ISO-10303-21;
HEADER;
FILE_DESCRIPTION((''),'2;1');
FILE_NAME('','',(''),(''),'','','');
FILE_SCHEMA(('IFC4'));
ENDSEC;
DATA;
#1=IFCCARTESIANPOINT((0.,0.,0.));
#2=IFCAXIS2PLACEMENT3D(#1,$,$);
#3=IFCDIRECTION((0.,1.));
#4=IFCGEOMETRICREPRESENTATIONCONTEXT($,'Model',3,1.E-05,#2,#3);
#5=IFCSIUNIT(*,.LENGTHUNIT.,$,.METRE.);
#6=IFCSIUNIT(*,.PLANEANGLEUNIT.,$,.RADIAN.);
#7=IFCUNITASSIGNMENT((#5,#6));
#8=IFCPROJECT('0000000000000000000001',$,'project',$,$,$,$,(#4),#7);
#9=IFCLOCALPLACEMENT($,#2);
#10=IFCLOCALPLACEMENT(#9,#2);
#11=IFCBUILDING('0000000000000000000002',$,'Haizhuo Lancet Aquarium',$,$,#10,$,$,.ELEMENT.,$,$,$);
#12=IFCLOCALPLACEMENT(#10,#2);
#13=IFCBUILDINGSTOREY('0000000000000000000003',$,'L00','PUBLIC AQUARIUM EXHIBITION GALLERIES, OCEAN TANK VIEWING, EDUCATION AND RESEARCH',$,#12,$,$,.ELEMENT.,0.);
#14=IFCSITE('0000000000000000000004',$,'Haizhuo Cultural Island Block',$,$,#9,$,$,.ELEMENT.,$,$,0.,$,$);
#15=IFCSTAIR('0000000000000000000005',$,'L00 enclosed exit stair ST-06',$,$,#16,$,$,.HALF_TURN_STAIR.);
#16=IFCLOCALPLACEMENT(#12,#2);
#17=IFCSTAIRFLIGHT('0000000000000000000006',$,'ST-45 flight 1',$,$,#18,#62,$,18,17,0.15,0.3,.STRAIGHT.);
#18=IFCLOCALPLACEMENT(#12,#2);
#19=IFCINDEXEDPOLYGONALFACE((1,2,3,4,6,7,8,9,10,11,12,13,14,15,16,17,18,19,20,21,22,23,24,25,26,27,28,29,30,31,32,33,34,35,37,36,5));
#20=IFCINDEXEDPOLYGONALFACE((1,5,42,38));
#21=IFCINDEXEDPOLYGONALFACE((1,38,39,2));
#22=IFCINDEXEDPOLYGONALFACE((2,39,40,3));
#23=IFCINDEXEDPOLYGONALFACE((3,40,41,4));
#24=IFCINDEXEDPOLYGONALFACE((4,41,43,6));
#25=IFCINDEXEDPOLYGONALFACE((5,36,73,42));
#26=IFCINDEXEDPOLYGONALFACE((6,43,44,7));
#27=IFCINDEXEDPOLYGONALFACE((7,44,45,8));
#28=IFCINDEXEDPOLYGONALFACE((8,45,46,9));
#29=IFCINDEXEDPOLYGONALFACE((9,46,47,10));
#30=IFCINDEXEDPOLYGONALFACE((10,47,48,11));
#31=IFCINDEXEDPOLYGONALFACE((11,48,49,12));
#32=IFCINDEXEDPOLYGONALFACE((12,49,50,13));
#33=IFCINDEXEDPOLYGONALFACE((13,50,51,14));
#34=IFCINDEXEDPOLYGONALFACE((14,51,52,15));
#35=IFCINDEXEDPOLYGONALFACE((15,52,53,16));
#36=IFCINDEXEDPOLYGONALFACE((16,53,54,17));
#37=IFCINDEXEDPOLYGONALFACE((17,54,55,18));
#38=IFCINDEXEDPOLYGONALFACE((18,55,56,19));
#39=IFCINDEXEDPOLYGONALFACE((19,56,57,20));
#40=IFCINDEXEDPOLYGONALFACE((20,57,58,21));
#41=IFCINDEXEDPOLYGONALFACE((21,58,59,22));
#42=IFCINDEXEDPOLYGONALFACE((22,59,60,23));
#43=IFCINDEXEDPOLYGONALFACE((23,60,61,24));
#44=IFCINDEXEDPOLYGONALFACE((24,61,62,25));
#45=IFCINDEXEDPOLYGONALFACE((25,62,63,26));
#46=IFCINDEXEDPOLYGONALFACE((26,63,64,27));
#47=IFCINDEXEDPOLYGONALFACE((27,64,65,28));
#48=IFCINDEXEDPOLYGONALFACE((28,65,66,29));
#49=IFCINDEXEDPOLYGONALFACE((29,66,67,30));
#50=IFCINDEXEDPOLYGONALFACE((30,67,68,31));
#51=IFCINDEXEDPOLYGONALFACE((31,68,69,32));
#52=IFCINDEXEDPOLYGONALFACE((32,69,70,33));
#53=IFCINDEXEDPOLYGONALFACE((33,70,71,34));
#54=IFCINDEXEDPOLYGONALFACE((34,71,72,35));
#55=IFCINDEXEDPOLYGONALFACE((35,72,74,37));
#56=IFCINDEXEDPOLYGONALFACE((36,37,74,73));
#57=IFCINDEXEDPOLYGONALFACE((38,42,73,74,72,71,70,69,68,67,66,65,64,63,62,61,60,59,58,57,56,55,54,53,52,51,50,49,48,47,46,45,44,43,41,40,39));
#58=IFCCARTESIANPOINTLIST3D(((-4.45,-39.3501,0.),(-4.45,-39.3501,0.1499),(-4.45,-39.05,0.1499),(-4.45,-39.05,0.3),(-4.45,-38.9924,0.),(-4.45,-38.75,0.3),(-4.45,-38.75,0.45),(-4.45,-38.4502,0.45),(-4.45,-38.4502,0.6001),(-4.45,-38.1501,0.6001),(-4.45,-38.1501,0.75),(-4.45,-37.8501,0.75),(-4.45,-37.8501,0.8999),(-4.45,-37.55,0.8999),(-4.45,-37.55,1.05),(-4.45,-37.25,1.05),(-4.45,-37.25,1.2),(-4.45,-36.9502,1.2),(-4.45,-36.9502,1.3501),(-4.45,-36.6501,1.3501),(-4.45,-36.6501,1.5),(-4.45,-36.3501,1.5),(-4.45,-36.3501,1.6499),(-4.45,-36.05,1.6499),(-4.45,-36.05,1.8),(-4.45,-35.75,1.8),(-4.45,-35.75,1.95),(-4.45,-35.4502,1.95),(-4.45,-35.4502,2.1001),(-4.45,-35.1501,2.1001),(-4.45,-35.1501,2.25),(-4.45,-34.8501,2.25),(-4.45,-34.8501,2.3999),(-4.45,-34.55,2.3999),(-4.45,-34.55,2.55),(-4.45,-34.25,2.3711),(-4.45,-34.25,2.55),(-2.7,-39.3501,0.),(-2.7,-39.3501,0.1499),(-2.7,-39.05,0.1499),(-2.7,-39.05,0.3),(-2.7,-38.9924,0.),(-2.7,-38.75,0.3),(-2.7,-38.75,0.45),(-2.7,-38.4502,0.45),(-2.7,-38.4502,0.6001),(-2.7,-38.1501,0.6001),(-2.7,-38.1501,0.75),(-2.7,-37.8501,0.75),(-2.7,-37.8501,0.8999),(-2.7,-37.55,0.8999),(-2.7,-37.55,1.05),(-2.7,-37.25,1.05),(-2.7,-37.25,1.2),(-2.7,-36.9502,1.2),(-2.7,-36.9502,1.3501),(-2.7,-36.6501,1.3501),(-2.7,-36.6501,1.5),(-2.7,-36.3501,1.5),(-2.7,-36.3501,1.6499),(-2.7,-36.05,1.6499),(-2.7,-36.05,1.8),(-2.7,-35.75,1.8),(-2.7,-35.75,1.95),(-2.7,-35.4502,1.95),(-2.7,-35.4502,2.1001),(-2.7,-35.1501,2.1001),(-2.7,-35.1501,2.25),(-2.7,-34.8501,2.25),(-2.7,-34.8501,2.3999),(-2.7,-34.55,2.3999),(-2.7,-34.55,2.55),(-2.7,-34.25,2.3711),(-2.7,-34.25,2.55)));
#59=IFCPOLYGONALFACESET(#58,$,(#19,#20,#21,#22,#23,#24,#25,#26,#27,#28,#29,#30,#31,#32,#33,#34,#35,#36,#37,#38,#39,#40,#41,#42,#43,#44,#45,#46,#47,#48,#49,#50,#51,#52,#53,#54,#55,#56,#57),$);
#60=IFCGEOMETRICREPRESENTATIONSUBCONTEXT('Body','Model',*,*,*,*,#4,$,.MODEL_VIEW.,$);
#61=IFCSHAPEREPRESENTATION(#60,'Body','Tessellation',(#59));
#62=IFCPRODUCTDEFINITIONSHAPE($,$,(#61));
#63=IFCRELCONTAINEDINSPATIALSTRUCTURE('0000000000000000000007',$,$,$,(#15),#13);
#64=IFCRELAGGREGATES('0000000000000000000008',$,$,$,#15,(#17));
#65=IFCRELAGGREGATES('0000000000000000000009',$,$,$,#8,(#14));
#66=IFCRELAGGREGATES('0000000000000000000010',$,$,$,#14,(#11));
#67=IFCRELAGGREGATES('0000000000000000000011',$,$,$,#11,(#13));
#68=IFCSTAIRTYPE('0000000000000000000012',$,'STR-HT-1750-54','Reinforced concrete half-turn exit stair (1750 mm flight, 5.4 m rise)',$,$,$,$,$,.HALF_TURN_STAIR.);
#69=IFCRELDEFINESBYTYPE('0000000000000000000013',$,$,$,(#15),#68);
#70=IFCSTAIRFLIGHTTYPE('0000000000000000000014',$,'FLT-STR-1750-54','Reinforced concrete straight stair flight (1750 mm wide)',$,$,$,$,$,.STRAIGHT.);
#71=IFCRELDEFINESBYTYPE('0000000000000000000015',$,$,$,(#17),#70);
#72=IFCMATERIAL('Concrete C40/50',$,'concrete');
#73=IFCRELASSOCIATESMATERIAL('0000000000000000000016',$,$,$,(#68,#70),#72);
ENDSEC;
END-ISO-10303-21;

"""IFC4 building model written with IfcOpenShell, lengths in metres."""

from ifc_helpers import new_model, si_unit, direction, frame, origin, place, context, subcontext, project, spatial, polyline, outline, extrude, material, type_object, element, aggregate, save


model = new_model("IFC4")

# Units and contexts
model_context = context("Model", 3, precision=1e-05, world=origin(), true_north=direction((0.0, 1.0)))
body_context = subcontext(model_context, "Body", "Model", "MODEL_VIEW")
ifc_project = project(units=[si_unit("LENGTHUNIT", "METRE"), si_unit("PLANEANGLEUNIT", "RADIAN")], contexts=[model_context])

# Site, building, storey
site_placement = place(None, origin())
site = spatial("IfcSite", under=ifc_project, at=site_placement, Name="Haizhuo Cultural Island Block", CompositionType="ELEMENT", RefElevation=0.0)
building_placement = place(site_placement, origin())
building = spatial("IfcBuilding", under=site, at=building_placement, Name="Haizhuo Lancet Aquarium", CompositionType="ELEMENT")
storey_placement = place(building_placement, origin())
storey = spatial("IfcBuildingStorey", under=building, at=storey_placement, Name="L00", Description="PUBLIC AQUARIUM EXHIBITION GALLERIES, OCEAN TANK VIEWING, EDUCATION AND RESEARCH", CompositionType="ELEMENT", Elevation=0.0)

# Shared definitions
ifc_material_1 = material(Name="Concrete C40/50", Category="concrete")

# Stair, stair flight
stair_type = type_object("IfcStairType", Name="STR-HT-1750-54", Description="Reinforced concrete half-turn exit stair (1750 mm flight, 5.4 m rise)", PredefinedType="HALF_TURN_STAIR", material=ifc_material_1)
stair_placement = place(storey_placement, origin())
stair = element("IfcStair", 1, at=stair_placement, inside=storey, type_object=stair_type, Name="L00 enclosed exit stair ST-06", PredefinedType="HALF_TURN_STAIR")
stair_flight_type = type_object("IfcStairFlightType", Name="FLT-STR-1750-54", Description="Reinforced concrete straight stair flight (1750 mm wide)", PredefinedType="STRAIGHT", material=ifc_material_1)
stair_flight_placement = place(storey_placement, frame((-3.575, -39.3501, 0.0), z_axis=(0.0, 0.0, 1.0), x_axis=(0.0, 1.0, 0.0)))
stair_flight = element("IfcStairFlight", 2, at=stair_flight_placement, type_object=stair_flight_type, Name="ST-45 flight 1", NumberOfRisers=18, NumberOfTreads=17, PredefinedType="STRAIGHT", RiserHeight=0.15, TreadLength=0.3, context=body_context, shape_type="SweptSolid", body=[
    extrude(outline(polyline([(0.0, 0.0), (0.0, 0.1499), (0.3, 0.1499), (0.3, 0.3), (0.6001, 0.3), (0.6001, 0.45), (0.8999, 0.45), (0.8999, 0.6001), (1.2, 0.6001), (1.2, 0.75), (1.5, 0.75), (1.5, 0.8999), (1.8, 0.8999), (1.8, 1.05), (2.1001, 1.05), (2.1001, 1.2), (2.3999, 1.2), (2.3999, 1.3501), (2.7, 1.3501), (2.7, 1.5), (3.0, 1.5), (3.0, 1.6499), (3.3, 1.6499), (3.3, 1.8), (3.6001, 1.8), (3.6001, 1.95), (3.8999, 1.95), (3.8999, 2.1001), (4.2, 2.1001), (4.2, 2.25), (4.5, 2.25), (4.5, 2.3999), (4.8, 2.3999), (4.8, 2.55), (5.1001, 2.55), (5.1001, 2.7), (5.1001, 2.3711), (0.3577, 0.0), (0.0, 0.0)])), frame((0.0, 0.875, 0.0), z_axis=(0.0, -1.0, 0.0), x_axis=(1.0, 0.0, 0.0)), (0.0, 0.0, 1.0), 1.75),
])
aggregate(stair, [stair_flight])

save(model, "model.ifc")
